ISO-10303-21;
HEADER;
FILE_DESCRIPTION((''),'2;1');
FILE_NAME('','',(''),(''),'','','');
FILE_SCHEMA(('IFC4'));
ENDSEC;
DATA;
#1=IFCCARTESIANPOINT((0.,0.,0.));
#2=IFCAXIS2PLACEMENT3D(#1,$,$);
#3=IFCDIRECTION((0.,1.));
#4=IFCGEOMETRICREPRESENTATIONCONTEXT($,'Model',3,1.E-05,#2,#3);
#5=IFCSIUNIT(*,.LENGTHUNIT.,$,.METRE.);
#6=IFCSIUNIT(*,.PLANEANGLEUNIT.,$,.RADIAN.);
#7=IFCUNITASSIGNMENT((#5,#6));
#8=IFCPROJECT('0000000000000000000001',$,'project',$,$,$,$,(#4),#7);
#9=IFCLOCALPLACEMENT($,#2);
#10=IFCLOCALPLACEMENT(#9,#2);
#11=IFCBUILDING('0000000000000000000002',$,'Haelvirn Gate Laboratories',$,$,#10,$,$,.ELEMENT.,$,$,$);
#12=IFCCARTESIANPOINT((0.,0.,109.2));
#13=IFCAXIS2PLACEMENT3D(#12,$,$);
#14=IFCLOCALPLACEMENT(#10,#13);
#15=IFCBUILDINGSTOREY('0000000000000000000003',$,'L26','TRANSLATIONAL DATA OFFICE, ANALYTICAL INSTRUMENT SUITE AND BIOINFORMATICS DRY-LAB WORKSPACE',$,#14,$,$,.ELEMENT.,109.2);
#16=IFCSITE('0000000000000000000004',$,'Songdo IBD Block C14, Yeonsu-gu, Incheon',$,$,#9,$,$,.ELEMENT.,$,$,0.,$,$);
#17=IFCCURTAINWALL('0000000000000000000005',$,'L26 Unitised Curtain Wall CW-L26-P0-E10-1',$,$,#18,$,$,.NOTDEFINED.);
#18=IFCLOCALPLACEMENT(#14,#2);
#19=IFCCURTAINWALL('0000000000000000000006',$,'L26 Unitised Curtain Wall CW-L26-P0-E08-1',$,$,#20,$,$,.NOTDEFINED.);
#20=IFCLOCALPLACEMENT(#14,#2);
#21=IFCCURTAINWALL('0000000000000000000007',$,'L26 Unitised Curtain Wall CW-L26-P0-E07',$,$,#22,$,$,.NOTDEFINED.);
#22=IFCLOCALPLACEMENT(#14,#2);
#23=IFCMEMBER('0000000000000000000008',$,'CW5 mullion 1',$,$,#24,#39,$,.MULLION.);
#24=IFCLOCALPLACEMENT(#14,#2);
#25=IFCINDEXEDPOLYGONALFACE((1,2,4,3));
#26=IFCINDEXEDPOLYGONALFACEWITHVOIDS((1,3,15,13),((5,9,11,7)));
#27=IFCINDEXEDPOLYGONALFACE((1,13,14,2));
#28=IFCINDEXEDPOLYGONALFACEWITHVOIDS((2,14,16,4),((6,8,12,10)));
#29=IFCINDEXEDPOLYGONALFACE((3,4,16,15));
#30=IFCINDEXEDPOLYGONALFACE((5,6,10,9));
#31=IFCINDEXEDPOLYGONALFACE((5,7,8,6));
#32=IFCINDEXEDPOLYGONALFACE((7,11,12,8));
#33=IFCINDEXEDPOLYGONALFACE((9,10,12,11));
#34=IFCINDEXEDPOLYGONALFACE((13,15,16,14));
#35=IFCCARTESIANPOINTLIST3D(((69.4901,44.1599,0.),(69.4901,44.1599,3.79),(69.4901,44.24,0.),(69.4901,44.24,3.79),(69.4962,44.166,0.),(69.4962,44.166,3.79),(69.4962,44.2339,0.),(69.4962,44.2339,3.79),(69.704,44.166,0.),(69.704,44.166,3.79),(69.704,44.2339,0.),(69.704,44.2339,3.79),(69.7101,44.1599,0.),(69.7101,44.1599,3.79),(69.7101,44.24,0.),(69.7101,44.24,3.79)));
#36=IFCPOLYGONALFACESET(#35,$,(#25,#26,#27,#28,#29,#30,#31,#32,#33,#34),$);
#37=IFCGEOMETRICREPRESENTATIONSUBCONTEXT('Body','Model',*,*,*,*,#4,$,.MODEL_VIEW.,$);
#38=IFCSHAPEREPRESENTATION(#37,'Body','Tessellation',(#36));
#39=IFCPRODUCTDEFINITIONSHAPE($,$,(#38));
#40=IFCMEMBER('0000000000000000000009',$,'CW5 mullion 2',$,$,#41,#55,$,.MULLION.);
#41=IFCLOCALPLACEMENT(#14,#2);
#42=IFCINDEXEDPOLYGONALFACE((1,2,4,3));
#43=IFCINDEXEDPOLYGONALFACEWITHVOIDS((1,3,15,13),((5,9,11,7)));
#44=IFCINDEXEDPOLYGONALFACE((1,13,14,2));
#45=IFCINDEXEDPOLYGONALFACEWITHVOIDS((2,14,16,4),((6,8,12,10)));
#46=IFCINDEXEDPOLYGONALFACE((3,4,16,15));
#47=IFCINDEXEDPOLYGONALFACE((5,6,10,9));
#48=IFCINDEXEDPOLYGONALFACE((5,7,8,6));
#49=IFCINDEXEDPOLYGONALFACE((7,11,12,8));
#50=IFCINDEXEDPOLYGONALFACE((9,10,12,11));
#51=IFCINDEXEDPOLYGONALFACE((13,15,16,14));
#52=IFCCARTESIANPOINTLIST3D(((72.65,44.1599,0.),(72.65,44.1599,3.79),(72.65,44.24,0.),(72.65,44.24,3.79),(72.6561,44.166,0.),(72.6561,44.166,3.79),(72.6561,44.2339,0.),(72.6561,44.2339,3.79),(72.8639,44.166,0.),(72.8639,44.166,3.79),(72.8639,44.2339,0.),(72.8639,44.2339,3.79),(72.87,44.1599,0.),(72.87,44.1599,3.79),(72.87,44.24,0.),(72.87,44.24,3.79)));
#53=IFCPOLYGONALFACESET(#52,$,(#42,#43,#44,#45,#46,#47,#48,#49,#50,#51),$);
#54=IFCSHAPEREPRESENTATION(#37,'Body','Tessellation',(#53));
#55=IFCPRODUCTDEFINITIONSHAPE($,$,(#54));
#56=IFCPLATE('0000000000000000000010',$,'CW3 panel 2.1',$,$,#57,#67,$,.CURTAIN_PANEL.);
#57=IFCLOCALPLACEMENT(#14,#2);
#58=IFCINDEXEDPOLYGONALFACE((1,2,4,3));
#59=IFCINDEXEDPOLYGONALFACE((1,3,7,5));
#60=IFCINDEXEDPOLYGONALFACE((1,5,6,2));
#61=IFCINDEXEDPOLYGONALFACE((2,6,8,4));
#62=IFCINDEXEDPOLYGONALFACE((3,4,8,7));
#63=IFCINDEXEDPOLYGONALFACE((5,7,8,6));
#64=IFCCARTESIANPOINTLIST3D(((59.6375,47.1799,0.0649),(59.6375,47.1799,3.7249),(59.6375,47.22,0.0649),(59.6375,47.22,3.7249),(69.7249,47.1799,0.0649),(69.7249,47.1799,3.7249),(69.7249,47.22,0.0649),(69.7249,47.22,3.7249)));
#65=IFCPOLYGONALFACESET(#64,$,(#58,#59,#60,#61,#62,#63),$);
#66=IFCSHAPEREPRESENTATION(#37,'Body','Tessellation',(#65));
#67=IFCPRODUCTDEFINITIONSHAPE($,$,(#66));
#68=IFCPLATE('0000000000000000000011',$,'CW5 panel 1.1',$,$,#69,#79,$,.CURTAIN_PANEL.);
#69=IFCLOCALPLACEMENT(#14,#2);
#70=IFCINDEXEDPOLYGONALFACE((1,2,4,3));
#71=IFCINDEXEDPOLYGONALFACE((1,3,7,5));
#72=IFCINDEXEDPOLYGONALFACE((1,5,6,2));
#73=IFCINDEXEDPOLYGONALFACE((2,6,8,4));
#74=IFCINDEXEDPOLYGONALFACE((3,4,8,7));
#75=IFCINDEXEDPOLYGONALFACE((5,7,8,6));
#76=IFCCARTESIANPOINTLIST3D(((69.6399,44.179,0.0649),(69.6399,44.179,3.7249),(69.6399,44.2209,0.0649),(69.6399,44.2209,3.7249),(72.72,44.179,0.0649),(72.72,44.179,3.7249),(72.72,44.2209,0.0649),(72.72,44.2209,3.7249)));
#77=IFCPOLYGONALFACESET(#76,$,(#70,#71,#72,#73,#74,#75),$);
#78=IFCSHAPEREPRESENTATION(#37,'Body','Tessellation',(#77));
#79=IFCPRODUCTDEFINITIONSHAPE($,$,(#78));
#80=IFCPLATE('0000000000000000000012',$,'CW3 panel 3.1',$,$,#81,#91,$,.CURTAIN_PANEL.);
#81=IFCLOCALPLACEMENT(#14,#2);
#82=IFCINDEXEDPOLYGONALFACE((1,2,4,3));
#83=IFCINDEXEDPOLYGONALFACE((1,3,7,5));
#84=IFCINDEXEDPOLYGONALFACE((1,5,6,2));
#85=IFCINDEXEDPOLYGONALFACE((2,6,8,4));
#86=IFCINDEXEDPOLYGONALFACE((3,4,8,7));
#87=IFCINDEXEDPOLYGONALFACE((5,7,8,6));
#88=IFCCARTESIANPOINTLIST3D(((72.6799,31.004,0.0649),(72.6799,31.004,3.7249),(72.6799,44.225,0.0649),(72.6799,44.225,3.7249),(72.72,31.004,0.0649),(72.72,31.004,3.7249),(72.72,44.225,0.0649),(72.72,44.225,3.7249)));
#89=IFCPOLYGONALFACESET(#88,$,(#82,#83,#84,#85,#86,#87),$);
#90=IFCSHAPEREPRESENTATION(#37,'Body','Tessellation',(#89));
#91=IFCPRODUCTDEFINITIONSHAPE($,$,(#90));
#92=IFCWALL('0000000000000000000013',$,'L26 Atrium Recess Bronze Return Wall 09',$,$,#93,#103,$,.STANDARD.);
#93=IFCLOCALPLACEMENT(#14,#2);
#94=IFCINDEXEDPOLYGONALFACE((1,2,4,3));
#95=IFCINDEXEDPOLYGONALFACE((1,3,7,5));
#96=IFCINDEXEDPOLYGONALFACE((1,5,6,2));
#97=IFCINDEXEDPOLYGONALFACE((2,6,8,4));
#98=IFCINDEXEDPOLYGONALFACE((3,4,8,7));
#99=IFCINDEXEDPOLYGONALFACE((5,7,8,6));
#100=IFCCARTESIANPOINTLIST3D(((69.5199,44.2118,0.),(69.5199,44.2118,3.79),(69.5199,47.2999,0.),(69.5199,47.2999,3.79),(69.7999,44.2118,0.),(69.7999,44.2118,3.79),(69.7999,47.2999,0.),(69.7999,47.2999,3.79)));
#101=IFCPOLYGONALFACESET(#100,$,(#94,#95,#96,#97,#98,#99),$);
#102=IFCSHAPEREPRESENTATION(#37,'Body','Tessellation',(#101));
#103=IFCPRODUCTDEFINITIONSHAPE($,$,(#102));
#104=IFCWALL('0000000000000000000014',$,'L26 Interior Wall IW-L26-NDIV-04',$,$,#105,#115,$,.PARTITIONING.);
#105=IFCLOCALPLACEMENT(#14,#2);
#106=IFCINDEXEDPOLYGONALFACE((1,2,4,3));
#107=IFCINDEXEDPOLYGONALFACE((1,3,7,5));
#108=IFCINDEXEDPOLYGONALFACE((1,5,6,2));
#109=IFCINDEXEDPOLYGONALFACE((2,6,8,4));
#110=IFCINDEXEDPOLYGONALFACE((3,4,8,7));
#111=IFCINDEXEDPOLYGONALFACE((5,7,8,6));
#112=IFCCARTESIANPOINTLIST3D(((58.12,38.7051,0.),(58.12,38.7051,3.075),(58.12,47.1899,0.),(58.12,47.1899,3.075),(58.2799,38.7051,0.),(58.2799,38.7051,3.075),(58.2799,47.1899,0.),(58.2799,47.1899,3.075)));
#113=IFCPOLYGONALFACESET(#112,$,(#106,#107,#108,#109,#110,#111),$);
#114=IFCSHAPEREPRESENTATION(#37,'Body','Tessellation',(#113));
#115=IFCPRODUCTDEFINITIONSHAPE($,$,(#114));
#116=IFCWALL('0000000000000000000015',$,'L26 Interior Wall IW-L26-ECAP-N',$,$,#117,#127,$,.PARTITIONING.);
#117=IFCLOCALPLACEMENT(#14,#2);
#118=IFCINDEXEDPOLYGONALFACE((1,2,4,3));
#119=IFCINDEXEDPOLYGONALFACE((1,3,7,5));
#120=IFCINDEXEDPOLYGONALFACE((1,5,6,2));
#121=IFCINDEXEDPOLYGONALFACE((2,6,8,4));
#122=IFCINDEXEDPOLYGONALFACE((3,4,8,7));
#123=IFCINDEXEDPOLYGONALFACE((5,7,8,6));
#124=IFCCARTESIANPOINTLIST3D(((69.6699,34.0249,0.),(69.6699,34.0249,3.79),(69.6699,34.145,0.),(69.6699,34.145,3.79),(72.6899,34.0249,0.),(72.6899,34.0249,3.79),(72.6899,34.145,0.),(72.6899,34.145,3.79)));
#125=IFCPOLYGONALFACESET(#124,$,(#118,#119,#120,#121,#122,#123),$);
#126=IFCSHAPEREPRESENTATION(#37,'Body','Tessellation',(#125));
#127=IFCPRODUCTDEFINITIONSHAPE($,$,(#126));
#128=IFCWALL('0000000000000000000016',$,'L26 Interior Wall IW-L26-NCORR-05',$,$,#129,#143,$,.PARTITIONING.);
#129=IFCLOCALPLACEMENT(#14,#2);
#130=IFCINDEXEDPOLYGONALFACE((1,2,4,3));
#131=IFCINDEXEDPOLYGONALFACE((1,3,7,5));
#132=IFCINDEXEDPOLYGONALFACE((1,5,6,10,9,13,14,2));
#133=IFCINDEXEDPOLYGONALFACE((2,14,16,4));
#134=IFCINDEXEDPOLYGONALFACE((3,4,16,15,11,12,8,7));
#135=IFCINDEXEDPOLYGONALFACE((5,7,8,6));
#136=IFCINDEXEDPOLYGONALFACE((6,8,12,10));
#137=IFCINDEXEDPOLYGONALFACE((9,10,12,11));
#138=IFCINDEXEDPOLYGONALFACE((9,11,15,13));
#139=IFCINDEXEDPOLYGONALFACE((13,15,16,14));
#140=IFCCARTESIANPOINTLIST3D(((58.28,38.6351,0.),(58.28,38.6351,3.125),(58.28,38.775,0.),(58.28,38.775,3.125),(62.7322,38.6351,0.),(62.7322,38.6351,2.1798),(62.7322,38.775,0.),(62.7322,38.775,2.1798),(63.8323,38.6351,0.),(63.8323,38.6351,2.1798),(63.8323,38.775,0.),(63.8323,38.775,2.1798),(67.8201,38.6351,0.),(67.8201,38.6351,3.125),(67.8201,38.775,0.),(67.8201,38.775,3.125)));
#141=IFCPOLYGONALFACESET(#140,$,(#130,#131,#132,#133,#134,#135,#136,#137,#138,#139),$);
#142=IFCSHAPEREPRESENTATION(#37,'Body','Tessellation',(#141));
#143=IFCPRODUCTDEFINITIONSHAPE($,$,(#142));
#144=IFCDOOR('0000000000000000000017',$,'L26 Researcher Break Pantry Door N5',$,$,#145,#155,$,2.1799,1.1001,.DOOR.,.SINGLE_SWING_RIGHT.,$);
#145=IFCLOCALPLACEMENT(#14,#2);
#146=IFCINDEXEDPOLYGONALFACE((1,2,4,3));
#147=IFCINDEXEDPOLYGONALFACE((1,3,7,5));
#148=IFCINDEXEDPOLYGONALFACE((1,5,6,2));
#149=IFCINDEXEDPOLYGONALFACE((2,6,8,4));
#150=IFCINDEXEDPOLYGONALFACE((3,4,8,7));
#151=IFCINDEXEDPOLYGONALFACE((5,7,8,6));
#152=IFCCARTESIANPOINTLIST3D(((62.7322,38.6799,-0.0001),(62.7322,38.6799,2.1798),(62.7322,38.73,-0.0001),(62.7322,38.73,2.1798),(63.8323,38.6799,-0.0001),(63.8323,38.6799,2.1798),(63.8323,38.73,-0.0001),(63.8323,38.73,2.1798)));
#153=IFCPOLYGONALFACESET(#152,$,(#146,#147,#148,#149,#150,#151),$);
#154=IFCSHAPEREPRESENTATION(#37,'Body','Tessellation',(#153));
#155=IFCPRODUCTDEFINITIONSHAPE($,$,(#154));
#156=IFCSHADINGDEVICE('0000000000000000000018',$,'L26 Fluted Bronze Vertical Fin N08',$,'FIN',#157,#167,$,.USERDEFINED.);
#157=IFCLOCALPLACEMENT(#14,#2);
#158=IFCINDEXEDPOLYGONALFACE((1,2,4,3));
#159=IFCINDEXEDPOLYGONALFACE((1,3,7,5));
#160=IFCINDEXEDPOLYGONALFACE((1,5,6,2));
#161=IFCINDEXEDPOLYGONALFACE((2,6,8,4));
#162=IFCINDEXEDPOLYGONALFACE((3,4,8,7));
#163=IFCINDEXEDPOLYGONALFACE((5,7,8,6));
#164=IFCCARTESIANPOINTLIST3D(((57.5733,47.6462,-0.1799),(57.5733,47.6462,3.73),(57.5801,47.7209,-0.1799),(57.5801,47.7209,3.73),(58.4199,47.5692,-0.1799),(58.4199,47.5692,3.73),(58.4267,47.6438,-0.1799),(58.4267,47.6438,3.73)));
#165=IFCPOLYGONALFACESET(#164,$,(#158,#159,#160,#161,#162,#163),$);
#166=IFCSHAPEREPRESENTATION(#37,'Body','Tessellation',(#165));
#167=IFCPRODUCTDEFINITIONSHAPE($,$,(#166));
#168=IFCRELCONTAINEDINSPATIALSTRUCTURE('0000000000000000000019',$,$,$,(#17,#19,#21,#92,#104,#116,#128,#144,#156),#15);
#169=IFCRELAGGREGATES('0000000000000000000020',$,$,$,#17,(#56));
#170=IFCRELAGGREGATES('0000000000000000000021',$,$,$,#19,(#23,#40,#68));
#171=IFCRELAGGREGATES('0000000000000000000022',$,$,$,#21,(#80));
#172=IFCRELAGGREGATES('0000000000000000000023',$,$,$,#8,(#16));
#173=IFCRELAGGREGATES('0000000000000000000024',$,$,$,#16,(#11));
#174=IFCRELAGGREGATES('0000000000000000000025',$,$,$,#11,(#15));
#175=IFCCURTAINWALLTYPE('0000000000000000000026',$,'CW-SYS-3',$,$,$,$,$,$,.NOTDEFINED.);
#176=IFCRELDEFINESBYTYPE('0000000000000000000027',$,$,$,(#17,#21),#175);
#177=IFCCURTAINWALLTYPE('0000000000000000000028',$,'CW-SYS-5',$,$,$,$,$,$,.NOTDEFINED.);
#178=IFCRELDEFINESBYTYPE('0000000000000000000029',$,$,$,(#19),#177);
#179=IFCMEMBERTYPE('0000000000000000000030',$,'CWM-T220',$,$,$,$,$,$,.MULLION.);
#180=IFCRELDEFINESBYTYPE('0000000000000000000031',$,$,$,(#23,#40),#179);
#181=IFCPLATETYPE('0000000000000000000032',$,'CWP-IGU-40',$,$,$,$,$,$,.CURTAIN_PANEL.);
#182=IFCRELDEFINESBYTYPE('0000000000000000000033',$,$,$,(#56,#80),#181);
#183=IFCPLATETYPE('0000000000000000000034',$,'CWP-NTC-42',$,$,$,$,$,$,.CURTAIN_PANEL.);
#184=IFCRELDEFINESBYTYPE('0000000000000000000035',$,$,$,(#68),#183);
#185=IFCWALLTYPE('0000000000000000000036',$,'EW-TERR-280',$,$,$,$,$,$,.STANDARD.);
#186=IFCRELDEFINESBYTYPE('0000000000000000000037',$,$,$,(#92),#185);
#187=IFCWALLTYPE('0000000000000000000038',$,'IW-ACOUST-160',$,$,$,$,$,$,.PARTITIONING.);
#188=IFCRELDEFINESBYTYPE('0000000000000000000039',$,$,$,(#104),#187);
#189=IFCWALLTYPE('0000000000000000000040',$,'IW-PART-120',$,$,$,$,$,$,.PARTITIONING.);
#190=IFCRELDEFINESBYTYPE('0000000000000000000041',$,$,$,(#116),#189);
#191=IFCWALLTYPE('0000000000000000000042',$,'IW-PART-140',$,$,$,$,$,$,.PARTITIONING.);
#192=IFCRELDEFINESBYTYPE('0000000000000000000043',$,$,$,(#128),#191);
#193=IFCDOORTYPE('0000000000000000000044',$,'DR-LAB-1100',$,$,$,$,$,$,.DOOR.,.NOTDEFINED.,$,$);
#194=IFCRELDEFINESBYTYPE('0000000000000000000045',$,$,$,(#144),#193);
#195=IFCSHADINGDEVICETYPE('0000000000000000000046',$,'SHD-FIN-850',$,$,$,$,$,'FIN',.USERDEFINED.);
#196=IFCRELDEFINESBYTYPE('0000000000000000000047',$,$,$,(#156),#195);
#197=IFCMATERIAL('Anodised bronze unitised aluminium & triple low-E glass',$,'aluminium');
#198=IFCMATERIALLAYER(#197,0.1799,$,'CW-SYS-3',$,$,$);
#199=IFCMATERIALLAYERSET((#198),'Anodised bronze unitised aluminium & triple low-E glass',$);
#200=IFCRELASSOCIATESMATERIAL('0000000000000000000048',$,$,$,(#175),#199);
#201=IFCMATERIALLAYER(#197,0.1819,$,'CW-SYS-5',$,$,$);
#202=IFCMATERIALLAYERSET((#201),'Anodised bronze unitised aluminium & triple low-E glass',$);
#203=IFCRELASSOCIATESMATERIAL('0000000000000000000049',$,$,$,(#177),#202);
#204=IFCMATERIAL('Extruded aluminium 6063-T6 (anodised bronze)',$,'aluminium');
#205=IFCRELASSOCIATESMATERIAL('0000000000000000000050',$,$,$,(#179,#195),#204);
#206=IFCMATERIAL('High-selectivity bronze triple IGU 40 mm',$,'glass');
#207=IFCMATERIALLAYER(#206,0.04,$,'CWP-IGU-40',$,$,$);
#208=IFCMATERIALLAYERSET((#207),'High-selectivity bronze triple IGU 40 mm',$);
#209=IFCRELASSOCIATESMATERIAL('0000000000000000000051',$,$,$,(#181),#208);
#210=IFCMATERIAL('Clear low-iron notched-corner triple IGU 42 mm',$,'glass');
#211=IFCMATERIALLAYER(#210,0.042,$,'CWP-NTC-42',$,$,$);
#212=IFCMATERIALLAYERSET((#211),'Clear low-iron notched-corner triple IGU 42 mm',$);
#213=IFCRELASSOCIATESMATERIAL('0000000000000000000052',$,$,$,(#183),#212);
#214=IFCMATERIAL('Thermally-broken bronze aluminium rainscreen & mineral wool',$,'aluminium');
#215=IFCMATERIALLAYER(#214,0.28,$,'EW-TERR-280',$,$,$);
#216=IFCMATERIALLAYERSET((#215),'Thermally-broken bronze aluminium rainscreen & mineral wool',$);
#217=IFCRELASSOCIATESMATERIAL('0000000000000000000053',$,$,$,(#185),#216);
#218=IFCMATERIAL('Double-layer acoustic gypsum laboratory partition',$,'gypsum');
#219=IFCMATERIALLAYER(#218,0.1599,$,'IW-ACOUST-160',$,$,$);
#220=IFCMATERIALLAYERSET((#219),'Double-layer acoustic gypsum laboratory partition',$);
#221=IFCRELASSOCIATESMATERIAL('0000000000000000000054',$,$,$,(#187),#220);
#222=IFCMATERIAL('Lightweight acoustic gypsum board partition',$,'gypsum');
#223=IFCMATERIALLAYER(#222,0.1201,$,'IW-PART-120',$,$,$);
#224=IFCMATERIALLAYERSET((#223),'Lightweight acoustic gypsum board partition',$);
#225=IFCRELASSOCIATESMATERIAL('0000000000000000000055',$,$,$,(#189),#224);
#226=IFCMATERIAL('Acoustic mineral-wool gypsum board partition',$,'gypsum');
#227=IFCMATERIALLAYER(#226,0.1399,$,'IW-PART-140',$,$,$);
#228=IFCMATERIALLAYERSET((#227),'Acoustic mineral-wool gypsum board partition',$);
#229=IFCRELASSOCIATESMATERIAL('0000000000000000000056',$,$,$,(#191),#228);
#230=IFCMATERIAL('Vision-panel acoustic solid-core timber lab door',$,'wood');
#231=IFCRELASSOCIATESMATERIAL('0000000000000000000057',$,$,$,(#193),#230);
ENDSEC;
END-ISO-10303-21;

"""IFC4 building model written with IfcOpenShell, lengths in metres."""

from ifc_helpers import new_model, si_unit, direction, frame, frame_2d, origin, origin_2d, place, context, subcontext, project, spatial, rectangle, hollow_rectangle, extrude, source, transform, mapped, material, layer, layer_set, material_profile, profile_set, type_object, type_shapes, element, fill, aggregate, save


model = new_model("IFC4")

# Units and contexts
model_context = context("Model", 3, precision=1e-05, world=origin(), true_north=direction((0.0, 1.0)))
body_context = subcontext(model_context, "Body", "Model", "MODEL_VIEW")
ifc_project = project(units=[si_unit("LENGTHUNIT", "METRE"), si_unit("PLANEANGLEUNIT", "RADIAN")], contexts=[model_context])

# Site, building, storey
site_placement = place(None, origin())
site = spatial("IfcSite", under=ifc_project, at=site_placement, Name="Songdo IBD Block C14, Yeonsu-gu, Incheon", CompositionType="ELEMENT", RefElevation=0.0)
building_placement = place(site_placement, origin())
building = spatial("IfcBuilding", under=site, at=building_placement, Name="Haelvirn Gate Laboratories", CompositionType="ELEMENT")
storey_placement = place(building_placement, frame((0.0, 0.0, 109.2)))
storey = spatial("IfcBuildingStorey", under=building, at=storey_placement, Name="L26", Description="TRANSLATIONAL DATA OFFICE, ANALYTICAL INSTRUMENT SUITE AND BIOINFORMATICS DRY-LAB WORKSPACE", CompositionType="ELEMENT", Elevation=109.2)

# Curtain walls
ifc_material_1 = material(Name="Anodised bronze unitised aluminium & triple low-E glass", Category="aluminium")
ifc_layer_1 = layer(ifc_material_1, 0.1799, Name="CW-SYS-3")
ifc_layer_set_1 = layer_set([ifc_layer_1], Name="Anodised bronze unitised aluminium & triple low-E glass")
curtain_wall_type_1 = type_object("IfcCurtainWallType", Name="CW-SYS-3", PredefinedType="NOTDEFINED", material=ifc_layer_set_1)
curtain_wall_1_placement = place(storey_placement, origin())
curtain_wall_1 = element("IfcCurtainWall", 1, at=curtain_wall_1_placement, inside=storey, type_object=curtain_wall_type_1, Name="L26 Unitised Curtain Wall CW-L26-P0-E10-1", PredefinedType="NOTDEFINED")
ifc_material_2 = material(Name="Extruded aluminium 6063-T6 (anodised bronze)", Category="aluminium")
ifc_layer_2 = layer(ifc_material_1, 0.1819, Name="CW-SYS-5")
ifc_layer_set_2 = layer_set([ifc_layer_2], Name="Anodised bronze unitised aluminium & triple low-E glass")
curtain_wall_type_2 = type_object("IfcCurtainWallType", Name="CW-SYS-5", PredefinedType="NOTDEFINED", material=ifc_layer_set_2)
curtain_wall_2_placement = place(storey_placement, origin())
curtain_wall_2 = element("IfcCurtainWall", 2, at=curtain_wall_2_placement, inside=storey, type_object=curtain_wall_type_2, Name="L26 Unitised Curtain Wall CW-L26-P0-E08-1", PredefinedType="NOTDEFINED")

# Curtain wall
curtain_wall_3_placement = place(storey_placement, origin())
curtain_wall_3 = element("IfcCurtainWall", 3, at=curtain_wall_3_placement, inside=storey, type_object=curtain_wall_type_1, Name="L26 Unitised Curtain Wall CW-L26-P0-E07", PredefinedType="NOTDEFINED")

# Members
ifc_material_profile_1 = material_profile(ifc_material_2, hollow_rectangle(XDim=0.0801, YDim=0.22, WallThickness=0.0061, at=origin_2d()), Name="CWM-220x80x6")
ifc_profile_set_1 = profile_set([ifc_material_profile_1], Name="Extruded aluminium 6063-T6 (anodised bronze)")
member_type_1 = type_object("IfcMemberType", Name="CWM-T220", PredefinedType="MULLION", material=ifc_profile_set_1)
shared_shape_1 = source(origin(), body_context, "Body", "SweptSolid", [
    extrude(hollow_rectangle(XDim=0.0801, YDim=0.22, WallThickness=0.0061, at=origin_2d()), origin(), (0.0, 0.0, 1.0), 3.79),
])
type_shapes(member_type_1, [shared_shape_1])
member_1_placement = place(storey_placement, frame((69.6001, 44.2, 0.0), z_axis=(0.0, 0.0, 1.0), x_axis=(0.0, 1.0, 0.0)))
member_1 = element("IfcMember", 4, at=member_1_placement, type_object=member_type_1, Name="CW5 mullion 1", PredefinedType="MULLION", context=body_context, shape_type="MappedRepresentation", body=[
    mapped(shared_shape_1, transform((0.0, 0.0, 0.0), scale=1.0)),
])
member_2_placement = place(storey_placement, frame((72.76, 44.2, 0.0), z_axis=(0.0, 0.0, 1.0), x_axis=(0.0, 1.0, 0.0)))
member_2 = element("IfcMember", 5, at=member_2_placement, type_object=member_type_1, Name="CW5 mullion 2", PredefinedType="MULLION", context=body_context, shape_type="MappedRepresentation", body=[
    mapped(shared_shape_1, transform((0.0, 0.0, 0.0), scale=1.0)),
])

# Plates
ifc_material_3 = material(Name="High-selectivity bronze triple IGU 40 mm", Category="glass")
ifc_layer_3 = layer(ifc_material_3, 0.04, Name="CWP-IGU-40")
ifc_layer_set_3 = layer_set([ifc_layer_3], Name="High-selectivity bronze triple IGU 40 mm")
plate_type_1 = type_object("IfcPlateType", Name="CWP-IGU-40", PredefinedType="CURTAIN_PANEL", material=ifc_layer_set_3)
shared_shape_2 = source(origin(), body_context, "Body", "SweptSolid", [
    extrude(rectangle(XDim=10.0874, YDim=0.04, at=origin_2d()), origin(), (0.0, 0.0, 1.0), 3.6599),
])
plate_1_placement = place(storey_placement, frame((64.6812, 47.2, 0.0649), z_axis=(0.0, 0.0, 1.0), x_axis=(1.0, 0.0, 0.0)))
plate_1 = element("IfcPlate", 6, at=plate_1_placement, type_object=plate_type_1, Name="CW3 panel 2.1", PredefinedType="CURTAIN_PANEL", context=body_context, shape_type="MappedRepresentation", body=[
    mapped(shared_shape_2, transform((0.0, 0.0, 0.0), scale=1.0)),
])
aggregate(curtain_wall_1, [plate_1])
ifc_material_4 = material(Name="Clear low-iron notched-corner triple IGU 42 mm", Category="glass")
ifc_layer_4 = layer(ifc_material_4, 0.042, Name="CWP-NTC-42")
ifc_layer_set_4 = layer_set([ifc_layer_4], Name="Clear low-iron notched-corner triple IGU 42 mm")
plate_type_2 = type_object("IfcPlateType", Name="CWP-NTC-42", PredefinedType="CURTAIN_PANEL", material=ifc_layer_set_4)
shared_shape_3 = source(origin(), body_context, "Body", "SweptSolid", [
    extrude(rectangle(XDim=3.0801, YDim=0.042, at=origin_2d()), origin(), (0.0, 0.0, 1.0), 3.6599),
])
type_shapes(plate_type_2, [shared_shape_3])
plate_2_placement = place(storey_placement, frame((71.1799, 44.2, 0.0649), z_axis=(0.0, 0.0, 1.0), x_axis=(1.0, 0.0, 0.0)))
plate_2 = element("IfcPlate", 7, at=plate_2_placement, type_object=plate_type_2, Name="CW5 panel 1.1", PredefinedType="CURTAIN_PANEL", context=body_context, shape_type="MappedRepresentation", body=[
    mapped(shared_shape_3, transform((0.0, 0.0, 0.0), scale=1.0)),
])
aggregate(curtain_wall_2, [member_1, member_2, plate_2])
shared_shape_4 = source(origin(), body_context, "Body", "SweptSolid", [
    extrude(rectangle(XDim=13.2209, YDim=0.04, at=origin_2d()), origin(), (0.0, 0.0, 1.0), 3.6599),
])
type_shapes(plate_type_1, [shared_shape_2, shared_shape_4])
plate_3_placement = place(storey_placement, frame((72.7, 37.6145, 0.0649), z_axis=(0.0, 0.0, 1.0), x_axis=(0.0, 1.0, 0.0)))
plate_3 = element("IfcPlate", 8, at=plate_3_placement, type_object=plate_type_1, Name="CW3 panel 3.1", PredefinedType="CURTAIN_PANEL", context=body_context, shape_type="MappedRepresentation", body=[
    mapped(shared_shape_4, transform((0.0, 0.0, 0.0), scale=1.0)),
])
aggregate(curtain_wall_3, [plate_3])

# Walls
ifc_material_5 = material(Name="Thermally-broken bronze aluminium rainscreen & mineral wool", Category="aluminium")
ifc_layer_5 = layer(ifc_material_5, 0.28, Name="EW-TERR-280")
ifc_layer_set_5 = layer_set([ifc_layer_5], Name="Thermally-broken bronze aluminium rainscreen & mineral wool")
wall_type_1 = type_object("IfcWallType", Name="EW-TERR-280", PredefinedType="STANDARD", material=ifc_layer_set_5)
wall_1_placement = place(storey_placement, frame((69.6599, 44.2119, 0.0), z_axis=(0.0, 0.0, 1.0), x_axis=(0.0, 1.0, 0.0)))
element("IfcWall", 9, at=wall_1_placement, inside=storey, type_object=wall_type_1, Name="L26 Atrium Recess Bronze Return Wall 09", PredefinedType="STANDARD", context=body_context, shape_type="SweptSolid", body=[
    extrude(rectangle(XDim=3.0881, YDim=0.28, at=frame_2d((1.5439, 0.0))), origin(), (0.0, 0.0, 1.0), 3.79),
])
ifc_material_6 = material(Name="Double-layer acoustic gypsum laboratory partition", Category="gypsum")
ifc_layer_6 = layer(ifc_material_6, 0.1599, Name="IW-ACOUST-160")
ifc_layer_set_6 = layer_set([ifc_layer_6], Name="Double-layer acoustic gypsum laboratory partition")
wall_type_2 = type_object("IfcWallType", Name="IW-ACOUST-160", PredefinedType="PARTITIONING", material=ifc_layer_set_6)
wall_2_placement = place(storey_placement, frame((58.2, 38.7051, 0.0), z_axis=(0.0, 0.0, 1.0), x_axis=(0.0, 1.0, 0.0)))
element("IfcWall", 10, at=wall_2_placement, inside=storey, type_object=wall_type_2, Name="L26 Interior Wall IW-L26-NDIV-04", PredefinedType="PARTITIONING", context=body_context, shape_type="SweptSolid", body=[
    extrude(rectangle(XDim=8.4849, YDim=0.1599, at=frame_2d((4.2424, 0.0))), origin(), (0.0, 0.0, 1.0), 3.075),
])
ifc_material_7 = material(Name="Lightweight acoustic gypsum board partition", Category="gypsum")
ifc_layer_7 = layer(ifc_material_7, 0.1201, Name="IW-PART-120")
ifc_layer_set_7 = layer_set([ifc_layer_7], Name="Lightweight acoustic gypsum board partition")
wall_type_3 = type_object("IfcWallType", Name="IW-PART-120", PredefinedType="PARTITIONING", material=ifc_layer_set_7)
wall_3_placement = place(storey_placement, frame((69.6699, 34.085, 0.0), z_axis=(0.0, 0.0, 1.0), x_axis=(1.0, 0.0, 0.0)))
element("IfcWall", 11, at=wall_3_placement, inside=storey, type_object=wall_type_3, Name="L26 Interior Wall IW-L26-ECAP-N", PredefinedType="PARTITIONING", context=body_context, shape_type="SweptSolid", body=[
    extrude(rectangle(XDim=3.02, YDim=0.1201, at=frame_2d((1.51, 0.0))), origin(), (0.0, 0.0, 1.0), 3.79),
])

# Wall, opening, door
ifc_material_8 = material(Name="Acoustic mineral-wool gypsum board partition", Category="gypsum")
ifc_layer_8 = layer(ifc_material_8, 0.1399, Name="IW-PART-140")
ifc_layer_set_8 = layer_set([ifc_layer_8], Name="Acoustic mineral-wool gypsum board partition")
wall_type_4 = type_object("IfcWallType", Name="IW-PART-140", PredefinedType="PARTITIONING", material=ifc_layer_set_8)
wall_4_placement = place(storey_placement, frame((58.28, 38.7051, 0.0), z_axis=(0.0, 0.0, 1.0), x_axis=(1.0, 0.0, 0.0)))
wall_4 = element("IfcWall", 12, at=wall_4_placement, inside=storey, type_object=wall_type_4, Name="L26 Interior Wall IW-L26-NCORR-05", PredefinedType="PARTITIONING", context=body_context, shape_type="SweptSolid", body=[
    extrude(rectangle(XDim=9.54, YDim=0.1399, at=frame_2d((4.77, 0.0))), origin(), (0.0, 0.0, 1.0), 3.125),
])
opening_placement = place(wall_4_placement, frame((4.4521, 0.0, 0.0)))
opening = element("IfcOpeningElement", 13, at=opening_placement, cuts=wall_4, PredefinedType="OPENING", context=body_context, shape_type="SweptSolid", body=[
    extrude(rectangle(XDim=1.1001, YDim=2.1799, at=frame_2d((0.55, 1.0898))), frame((0.0, 0.0801, 0.0), z_axis=(0.0, -1.0, 0.0), x_axis=(1.0, 0.0, 0.0)), (0.0, 0.0, 1.0), 0.1599),
])
ifc_material_9 = material(Name="Vision-panel acoustic solid-core timber lab door", Category="wood")
door_type = type_object("IfcDoorType", Name="DR-LAB-1100", OperationType="NOTDEFINED", PredefinedType="DOOR", material=ifc_material_9)
shared_shape_5 = source(origin(), body_context, "Body", "SweptSolid", [
    extrude(rectangle(XDim=1.1001, YDim=2.1799, at=frame_2d((0.55, 1.0898))), frame((0.0, 0.0249, 0.0), z_axis=(0.0, -1.0, 0.0), x_axis=(1.0, 0.0, 0.0)), (0.0, 0.0, 1.0), 0.05),
])
type_shapes(door_type, [shared_shape_5])
door_placement = place(opening_placement, origin())
door = element("IfcDoor", 14, at=door_placement, inside=storey, type_object=door_type, Name="L26 Researcher Break Pantry Door N5", OperationType="SINGLE_SWING_RIGHT", OverallHeight=2.1799, OverallWidth=1.1001, PredefinedType="DOOR", context=body_context, shape_type="MappedRepresentation", body=[
    mapped(shared_shape_5, transform((0.0, 0.0, 0.0), scale=1.0)),
])
fill(opening, door)

# Shading device
ifc_material_profile_2 = material_profile(ifc_material_2, rectangle(XDim=0.075, YDim=0.8501, at=origin_2d()), Name="FIN-850x75")
ifc_profile_set_2 = profile_set([ifc_material_profile_2], Name="Extruded aluminium 6063-T6 (anodised bronze)")
shading_device_type = type_object("IfcShadingDeviceType", Name="SHD-FIN-850", ElementType="FIN", PredefinedType="USERDEFINED", material=ifc_profile_set_2)
shared_shape_6 = source(origin(), body_context, "Body", "SweptSolid", [
    extrude(rectangle(XDim=0.075, YDim=0.8501, at=origin_2d()), origin(), (0.0, 0.0, 1.0), 3.9099),
])
type_shapes(shading_device_type, [shared_shape_6])
for number, where, z_axis, x_axis, name in (
    (15, (58.0, 47.645, -0.1799), (0.0, 0.0, 1.0), (0.090633, 0.995884, 0.0), "L26 Fluted Bronze Vertical Fin N08"),
):
    element("IfcShadingDevice", number, at=place(storey_placement, frame(where, z_axis=z_axis, x_axis=x_axis)), inside=storey, type_object=shading_device_type, Name=name, ObjectType="FIN", PredefinedType="USERDEFINED", context=body_context, shape_type="MappedRepresentation", body=[
        mapped(shared_shape_6, transform((0.0, 0.0, 0.0), scale=1.0)),
    ])

save(model, "model.ifc")
